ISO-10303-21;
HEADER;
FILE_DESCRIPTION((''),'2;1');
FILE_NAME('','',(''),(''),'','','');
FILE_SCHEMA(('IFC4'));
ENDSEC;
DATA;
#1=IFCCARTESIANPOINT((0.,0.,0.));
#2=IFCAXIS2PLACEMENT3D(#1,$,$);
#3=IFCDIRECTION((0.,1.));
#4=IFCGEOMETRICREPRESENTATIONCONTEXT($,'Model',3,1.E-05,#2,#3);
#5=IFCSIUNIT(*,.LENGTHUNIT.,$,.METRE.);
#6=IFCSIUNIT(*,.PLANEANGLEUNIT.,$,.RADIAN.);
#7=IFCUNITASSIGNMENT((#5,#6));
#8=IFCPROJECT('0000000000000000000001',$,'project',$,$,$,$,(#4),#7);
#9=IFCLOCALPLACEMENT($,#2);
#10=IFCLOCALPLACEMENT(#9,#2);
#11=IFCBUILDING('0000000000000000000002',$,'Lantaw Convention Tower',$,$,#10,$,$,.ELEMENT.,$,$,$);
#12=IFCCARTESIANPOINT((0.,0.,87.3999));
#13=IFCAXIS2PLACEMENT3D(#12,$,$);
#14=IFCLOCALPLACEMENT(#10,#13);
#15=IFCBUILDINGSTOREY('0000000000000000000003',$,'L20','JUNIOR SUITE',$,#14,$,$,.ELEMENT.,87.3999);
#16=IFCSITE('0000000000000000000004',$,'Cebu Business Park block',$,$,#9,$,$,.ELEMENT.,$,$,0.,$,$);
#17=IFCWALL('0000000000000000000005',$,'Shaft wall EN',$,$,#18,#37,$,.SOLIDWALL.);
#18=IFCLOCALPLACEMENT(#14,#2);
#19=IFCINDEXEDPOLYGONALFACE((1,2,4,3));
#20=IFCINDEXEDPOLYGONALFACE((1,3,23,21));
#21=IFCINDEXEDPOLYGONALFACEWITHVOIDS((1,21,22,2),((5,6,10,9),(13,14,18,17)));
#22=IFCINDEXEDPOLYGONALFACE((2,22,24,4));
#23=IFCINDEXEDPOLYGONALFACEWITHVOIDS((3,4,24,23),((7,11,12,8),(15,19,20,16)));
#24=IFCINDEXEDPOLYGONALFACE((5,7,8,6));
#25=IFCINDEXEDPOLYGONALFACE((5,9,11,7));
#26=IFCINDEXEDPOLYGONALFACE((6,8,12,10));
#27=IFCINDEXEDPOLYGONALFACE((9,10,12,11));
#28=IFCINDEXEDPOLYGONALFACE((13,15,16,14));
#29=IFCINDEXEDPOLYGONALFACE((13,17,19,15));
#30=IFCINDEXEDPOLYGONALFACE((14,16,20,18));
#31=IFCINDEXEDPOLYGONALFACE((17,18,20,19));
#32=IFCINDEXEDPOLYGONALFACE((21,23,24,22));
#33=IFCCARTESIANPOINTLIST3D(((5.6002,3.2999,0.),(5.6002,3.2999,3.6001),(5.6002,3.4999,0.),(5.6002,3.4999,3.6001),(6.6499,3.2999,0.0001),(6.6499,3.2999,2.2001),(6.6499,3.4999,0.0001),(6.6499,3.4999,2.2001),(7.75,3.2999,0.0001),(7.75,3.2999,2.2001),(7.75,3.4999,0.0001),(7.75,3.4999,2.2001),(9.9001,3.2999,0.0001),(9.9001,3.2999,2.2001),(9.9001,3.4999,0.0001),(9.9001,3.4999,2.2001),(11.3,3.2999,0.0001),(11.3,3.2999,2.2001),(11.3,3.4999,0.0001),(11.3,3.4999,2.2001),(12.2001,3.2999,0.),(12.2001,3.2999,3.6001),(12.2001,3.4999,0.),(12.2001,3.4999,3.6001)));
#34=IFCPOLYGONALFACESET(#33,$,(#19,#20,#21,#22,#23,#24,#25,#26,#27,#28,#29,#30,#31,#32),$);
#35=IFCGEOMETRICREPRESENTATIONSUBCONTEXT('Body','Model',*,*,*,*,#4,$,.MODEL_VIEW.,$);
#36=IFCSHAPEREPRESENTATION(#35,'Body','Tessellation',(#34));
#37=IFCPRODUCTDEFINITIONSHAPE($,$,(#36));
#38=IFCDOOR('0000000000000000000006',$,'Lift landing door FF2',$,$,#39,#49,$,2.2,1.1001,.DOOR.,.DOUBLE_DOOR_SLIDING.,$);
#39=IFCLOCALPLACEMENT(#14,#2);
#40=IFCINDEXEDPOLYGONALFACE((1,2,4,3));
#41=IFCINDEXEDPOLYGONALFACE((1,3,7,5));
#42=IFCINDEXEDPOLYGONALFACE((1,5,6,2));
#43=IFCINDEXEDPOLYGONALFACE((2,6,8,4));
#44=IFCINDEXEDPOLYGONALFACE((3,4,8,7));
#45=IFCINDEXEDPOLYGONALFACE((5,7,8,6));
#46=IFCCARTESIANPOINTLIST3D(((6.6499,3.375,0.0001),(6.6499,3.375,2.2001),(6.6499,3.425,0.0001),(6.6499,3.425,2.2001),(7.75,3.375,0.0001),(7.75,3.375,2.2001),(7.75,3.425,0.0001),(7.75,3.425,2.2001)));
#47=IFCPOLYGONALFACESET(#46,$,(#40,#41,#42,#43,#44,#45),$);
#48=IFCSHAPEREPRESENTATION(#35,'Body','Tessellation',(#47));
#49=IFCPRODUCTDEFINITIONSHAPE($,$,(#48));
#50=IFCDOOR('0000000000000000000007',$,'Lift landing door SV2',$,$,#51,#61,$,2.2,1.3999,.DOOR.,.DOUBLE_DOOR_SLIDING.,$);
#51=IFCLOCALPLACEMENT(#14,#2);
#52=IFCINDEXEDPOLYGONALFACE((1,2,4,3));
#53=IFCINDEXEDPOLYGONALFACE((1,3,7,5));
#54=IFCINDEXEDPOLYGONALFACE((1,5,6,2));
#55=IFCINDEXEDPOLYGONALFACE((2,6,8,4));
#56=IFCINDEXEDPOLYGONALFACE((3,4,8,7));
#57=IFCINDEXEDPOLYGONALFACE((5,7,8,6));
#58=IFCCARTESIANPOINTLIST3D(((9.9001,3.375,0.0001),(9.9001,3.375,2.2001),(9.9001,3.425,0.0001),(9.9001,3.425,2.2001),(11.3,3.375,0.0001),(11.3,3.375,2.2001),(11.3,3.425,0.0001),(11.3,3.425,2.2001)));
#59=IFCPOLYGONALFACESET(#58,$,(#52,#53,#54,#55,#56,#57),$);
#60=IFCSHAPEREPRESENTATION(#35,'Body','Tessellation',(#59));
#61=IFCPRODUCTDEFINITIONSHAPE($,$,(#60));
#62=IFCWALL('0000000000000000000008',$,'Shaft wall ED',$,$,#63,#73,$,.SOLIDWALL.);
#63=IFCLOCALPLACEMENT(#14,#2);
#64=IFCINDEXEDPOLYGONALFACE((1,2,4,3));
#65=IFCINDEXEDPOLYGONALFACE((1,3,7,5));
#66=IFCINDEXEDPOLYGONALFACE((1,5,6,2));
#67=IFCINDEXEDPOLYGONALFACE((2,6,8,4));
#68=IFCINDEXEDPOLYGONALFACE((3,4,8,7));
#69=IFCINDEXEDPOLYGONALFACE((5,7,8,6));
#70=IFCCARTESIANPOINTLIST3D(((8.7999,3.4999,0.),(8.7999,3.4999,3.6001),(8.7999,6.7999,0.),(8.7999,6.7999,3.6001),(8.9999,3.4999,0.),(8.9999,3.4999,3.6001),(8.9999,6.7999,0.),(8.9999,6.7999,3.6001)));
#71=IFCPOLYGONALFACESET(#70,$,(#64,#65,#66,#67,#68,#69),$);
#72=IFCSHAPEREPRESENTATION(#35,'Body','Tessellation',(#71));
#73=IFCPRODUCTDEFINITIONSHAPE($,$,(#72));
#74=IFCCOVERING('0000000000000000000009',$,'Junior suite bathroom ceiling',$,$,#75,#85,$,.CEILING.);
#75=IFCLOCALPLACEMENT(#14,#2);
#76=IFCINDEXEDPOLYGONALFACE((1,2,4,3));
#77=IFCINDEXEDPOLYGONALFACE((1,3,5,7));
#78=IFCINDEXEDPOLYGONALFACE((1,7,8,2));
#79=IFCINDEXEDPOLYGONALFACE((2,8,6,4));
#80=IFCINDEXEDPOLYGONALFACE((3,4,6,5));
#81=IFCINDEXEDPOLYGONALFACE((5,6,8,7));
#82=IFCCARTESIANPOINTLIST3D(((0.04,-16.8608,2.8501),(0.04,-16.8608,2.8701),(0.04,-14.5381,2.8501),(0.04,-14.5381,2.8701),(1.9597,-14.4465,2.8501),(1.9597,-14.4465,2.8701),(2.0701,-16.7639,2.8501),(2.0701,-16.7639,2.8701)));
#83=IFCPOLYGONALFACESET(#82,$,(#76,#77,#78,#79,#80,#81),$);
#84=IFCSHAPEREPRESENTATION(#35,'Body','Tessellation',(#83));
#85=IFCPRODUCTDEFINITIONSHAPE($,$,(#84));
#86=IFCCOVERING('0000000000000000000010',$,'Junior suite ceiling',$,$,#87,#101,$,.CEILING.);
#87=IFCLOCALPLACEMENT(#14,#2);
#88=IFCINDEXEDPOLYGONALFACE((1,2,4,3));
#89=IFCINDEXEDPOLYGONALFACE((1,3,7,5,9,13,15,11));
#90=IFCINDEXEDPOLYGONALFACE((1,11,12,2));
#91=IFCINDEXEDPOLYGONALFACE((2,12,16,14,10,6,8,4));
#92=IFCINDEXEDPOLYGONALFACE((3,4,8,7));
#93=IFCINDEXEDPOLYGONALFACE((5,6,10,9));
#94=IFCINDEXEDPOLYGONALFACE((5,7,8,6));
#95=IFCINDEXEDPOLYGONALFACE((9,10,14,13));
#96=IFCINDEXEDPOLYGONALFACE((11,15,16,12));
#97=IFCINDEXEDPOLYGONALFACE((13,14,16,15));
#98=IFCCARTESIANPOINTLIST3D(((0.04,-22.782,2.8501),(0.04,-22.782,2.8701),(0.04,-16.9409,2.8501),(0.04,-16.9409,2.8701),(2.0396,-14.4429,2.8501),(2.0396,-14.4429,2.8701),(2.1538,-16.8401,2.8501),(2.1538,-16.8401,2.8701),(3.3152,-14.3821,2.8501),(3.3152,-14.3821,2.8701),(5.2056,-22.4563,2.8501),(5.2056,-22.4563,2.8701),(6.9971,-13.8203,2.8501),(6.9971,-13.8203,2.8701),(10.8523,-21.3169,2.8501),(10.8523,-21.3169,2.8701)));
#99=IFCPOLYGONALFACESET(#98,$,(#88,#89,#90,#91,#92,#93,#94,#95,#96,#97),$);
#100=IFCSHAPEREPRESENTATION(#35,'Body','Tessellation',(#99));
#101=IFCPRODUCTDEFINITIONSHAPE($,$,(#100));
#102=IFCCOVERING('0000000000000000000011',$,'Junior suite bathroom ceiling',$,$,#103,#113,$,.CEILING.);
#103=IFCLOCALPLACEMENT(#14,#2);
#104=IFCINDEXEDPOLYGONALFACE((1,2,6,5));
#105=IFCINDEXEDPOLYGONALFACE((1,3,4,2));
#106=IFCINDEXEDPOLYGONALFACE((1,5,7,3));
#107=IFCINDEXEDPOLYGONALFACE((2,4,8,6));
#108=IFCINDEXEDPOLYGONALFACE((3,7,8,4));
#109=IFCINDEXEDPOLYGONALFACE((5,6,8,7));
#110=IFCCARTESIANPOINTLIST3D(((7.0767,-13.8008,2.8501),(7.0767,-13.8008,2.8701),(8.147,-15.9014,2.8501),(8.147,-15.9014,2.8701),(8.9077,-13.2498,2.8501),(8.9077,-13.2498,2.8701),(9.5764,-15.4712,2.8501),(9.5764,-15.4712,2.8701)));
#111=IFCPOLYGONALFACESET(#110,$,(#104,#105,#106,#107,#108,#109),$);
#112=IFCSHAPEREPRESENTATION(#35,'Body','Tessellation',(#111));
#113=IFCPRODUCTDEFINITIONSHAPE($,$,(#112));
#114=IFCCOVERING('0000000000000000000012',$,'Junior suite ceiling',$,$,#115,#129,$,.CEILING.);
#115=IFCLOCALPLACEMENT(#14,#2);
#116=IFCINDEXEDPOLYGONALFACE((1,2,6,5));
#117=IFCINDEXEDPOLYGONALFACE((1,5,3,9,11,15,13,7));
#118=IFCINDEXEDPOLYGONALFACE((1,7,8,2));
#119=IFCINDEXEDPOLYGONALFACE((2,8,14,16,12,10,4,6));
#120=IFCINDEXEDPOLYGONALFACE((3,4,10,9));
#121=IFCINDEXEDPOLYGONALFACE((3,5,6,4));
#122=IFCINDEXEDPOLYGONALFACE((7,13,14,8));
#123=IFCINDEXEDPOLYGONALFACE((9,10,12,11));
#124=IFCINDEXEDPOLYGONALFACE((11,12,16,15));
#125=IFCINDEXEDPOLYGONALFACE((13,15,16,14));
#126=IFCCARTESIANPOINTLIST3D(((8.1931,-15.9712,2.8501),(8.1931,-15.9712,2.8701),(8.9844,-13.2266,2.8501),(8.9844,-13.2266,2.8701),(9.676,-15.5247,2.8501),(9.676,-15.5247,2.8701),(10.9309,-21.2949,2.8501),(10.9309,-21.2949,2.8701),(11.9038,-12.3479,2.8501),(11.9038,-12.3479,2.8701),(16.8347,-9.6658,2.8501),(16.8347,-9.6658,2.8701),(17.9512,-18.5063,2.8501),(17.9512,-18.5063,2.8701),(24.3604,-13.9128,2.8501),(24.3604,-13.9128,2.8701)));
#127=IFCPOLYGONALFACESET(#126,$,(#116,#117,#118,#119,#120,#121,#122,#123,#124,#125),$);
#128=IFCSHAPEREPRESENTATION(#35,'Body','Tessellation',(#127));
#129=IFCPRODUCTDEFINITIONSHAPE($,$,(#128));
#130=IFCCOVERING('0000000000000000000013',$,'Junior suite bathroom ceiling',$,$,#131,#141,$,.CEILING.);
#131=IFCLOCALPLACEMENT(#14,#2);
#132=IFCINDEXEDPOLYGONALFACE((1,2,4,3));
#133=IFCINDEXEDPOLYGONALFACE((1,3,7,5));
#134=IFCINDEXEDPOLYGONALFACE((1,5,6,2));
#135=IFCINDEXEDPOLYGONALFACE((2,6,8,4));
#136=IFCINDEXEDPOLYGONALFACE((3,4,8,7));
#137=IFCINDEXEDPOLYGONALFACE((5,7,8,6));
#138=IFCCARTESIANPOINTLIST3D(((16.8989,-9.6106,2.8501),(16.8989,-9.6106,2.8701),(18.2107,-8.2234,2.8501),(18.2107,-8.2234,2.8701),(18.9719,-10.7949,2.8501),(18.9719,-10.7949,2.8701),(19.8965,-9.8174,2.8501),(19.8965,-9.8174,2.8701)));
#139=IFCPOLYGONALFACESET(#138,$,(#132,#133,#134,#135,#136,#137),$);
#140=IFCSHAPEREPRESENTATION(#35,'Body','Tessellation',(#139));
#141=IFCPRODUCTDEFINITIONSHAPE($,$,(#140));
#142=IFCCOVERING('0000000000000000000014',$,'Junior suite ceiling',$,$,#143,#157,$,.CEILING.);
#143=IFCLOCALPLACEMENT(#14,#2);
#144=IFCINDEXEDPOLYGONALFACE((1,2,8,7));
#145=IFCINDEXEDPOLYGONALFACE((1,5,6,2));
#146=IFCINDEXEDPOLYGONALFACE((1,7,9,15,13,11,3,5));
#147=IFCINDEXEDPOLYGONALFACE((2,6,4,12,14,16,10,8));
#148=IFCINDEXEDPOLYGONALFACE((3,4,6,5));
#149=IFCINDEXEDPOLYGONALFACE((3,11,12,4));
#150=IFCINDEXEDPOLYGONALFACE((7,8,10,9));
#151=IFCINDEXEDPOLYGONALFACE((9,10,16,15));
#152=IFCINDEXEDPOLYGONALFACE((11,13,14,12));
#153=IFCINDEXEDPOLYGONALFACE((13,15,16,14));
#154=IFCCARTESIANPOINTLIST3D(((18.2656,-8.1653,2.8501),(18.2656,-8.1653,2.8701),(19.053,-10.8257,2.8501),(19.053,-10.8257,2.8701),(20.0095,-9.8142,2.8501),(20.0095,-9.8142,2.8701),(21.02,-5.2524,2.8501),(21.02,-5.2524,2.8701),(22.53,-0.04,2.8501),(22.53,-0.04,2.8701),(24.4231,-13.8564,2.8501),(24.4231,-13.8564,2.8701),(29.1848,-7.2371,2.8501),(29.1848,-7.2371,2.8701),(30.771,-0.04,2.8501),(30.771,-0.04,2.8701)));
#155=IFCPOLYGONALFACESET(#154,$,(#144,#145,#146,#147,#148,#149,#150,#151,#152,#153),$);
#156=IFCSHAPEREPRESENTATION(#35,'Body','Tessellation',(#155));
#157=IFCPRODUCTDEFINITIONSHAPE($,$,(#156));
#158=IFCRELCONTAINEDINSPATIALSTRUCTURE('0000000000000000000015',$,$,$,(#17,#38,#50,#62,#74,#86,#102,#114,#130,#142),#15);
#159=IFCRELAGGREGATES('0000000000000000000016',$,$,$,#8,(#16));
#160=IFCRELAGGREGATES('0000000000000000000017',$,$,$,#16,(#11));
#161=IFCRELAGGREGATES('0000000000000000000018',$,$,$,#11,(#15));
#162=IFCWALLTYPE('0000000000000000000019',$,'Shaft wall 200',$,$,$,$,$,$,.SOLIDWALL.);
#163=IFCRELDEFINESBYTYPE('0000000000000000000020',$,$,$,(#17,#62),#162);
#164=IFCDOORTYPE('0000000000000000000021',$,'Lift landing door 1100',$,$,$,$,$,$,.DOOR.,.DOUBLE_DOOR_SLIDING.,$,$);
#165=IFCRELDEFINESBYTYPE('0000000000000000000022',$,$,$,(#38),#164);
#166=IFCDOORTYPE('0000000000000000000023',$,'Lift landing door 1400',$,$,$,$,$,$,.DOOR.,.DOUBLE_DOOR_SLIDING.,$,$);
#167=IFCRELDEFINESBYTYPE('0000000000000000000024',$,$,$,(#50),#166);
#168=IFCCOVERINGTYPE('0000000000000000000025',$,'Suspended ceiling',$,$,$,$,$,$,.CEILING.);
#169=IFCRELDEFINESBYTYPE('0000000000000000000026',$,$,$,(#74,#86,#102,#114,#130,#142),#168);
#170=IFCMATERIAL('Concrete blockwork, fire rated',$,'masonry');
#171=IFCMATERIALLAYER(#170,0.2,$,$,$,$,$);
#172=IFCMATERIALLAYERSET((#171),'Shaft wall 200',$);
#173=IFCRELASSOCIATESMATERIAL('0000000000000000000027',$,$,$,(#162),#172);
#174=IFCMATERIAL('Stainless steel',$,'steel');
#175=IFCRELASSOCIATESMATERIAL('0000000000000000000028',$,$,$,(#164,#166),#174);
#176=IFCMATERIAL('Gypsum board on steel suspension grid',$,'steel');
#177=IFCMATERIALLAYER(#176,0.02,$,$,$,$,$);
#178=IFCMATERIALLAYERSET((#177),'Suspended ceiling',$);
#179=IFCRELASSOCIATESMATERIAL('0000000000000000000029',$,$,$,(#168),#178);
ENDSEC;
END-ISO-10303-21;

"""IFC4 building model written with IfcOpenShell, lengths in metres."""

from ifc_helpers import new_model, si_unit, direction, frame, frame_2d, origin, place, context, subcontext, project, spatial, polyline, rectangle, outline, extrude, material, layer, layer_set, type_object, element, fill, save


model = new_model("IFC4")

# Units and contexts
model_context = context("Model", 3, precision=1e-05, world=origin(), true_north=direction((0.0, 1.0)))
body_context = subcontext(model_context, "Body", "Model", "MODEL_VIEW")
ifc_project = project(units=[si_unit("LENGTHUNIT", "METRE"), si_unit("PLANEANGLEUNIT", "RADIAN")], contexts=[model_context])

# Site, building, storey
site_placement = place(None, origin())
site = spatial("IfcSite", under=ifc_project, at=site_placement, Name="Cebu Business Park block", CompositionType="ELEMENT", RefElevation=0.0)
building_placement = place(site_placement, origin())
building = spatial("IfcBuilding", under=site, at=building_placement, Name="Lantaw Convention Tower", CompositionType="ELEMENT")
storey_placement = place(building_placement, frame((0.0, 0.0, 87.3999)))
storey = spatial("IfcBuildingStorey", under=building, at=storey_placement, Name="L20", Description="JUNIOR SUITE", CompositionType="ELEMENT", Elevation=87.3999)

# Shared definitions
ifc_material_1 = material(Name="Concrete blockwork, fire rated", Category="masonry")
ifc_layer_1 = layer(ifc_material_1, 0.2)
ifc_layer_set_1 = layer_set([ifc_layer_1], Name="Shaft wall 200")
wall_type_1 = type_object("IfcWallType", Name="Shaft wall 200", PredefinedType="SOLIDWALL", material=ifc_layer_set_1)

# Wall, openings, doors
wall_1_placement = place(storey_placement, frame((12.2, 3.3999, 0.0), z_axis=(0.0, 0.0, 1.0), x_axis=(-1.0, 0.0, 0.0)))
wall_1 = element("IfcWall", 1, at=wall_1_placement, inside=storey, type_object=wall_type_1, Name="Shaft wall EN", PredefinedType="SOLIDWALL", context=body_context, shape_type="SweptSolid", body=[
    extrude(rectangle(XDim=6.5999, YDim=0.2, at=frame_2d((3.2998, 0.0))), origin(), (0.0, 0.0, 1.0), 3.6001),
])
opening_1_placement = place(wall_1_placement, frame((4.45, 0.0, 0.0)))
opening_1 = element("IfcOpeningElement", 2, at=opening_1_placement, cuts=wall_1, PredefinedType="OPENING", context=body_context, shape_type="SweptSolid", body=[
    extrude(rectangle(XDim=1.1001, YDim=2.2, at=frame_2d((0.55, 1.1001))), frame((0.0, 0.1099, 0.0), z_axis=(0.0, -1.0, 0.0), x_axis=(1.0, 0.0, 0.0)), (0.0, 0.0, 1.0), 0.22),
])
opening_2_placement = place(wall_1_placement, frame((0.8999, 0.0, 0.0)))
opening_2 = element("IfcOpeningElement", 3, at=opening_2_placement, cuts=wall_1, PredefinedType="OPENING", context=body_context, shape_type="SweptSolid", body=[
    extrude(rectangle(XDim=1.3999, YDim=2.2, at=frame_2d((0.7, 1.1001))), frame((0.0, 0.1099, 0.0), z_axis=(0.0, -1.0, 0.0), x_axis=(1.0, 0.0, 0.0)), (0.0, 0.0, 1.0), 0.22),
])
ifc_material_2 = material(Name="Stainless steel", Category="steel")
door_type_1 = type_object("IfcDoorType", Name="Lift landing door 1100", OperationType="DOUBLE_DOOR_SLIDING", PredefinedType="DOOR", material=ifc_material_2)
door_1_placement = place(opening_1_placement, origin())
door_1 = element("IfcDoor", 4, at=door_1_placement, inside=storey, type_object=door_type_1, Name="Lift landing door FF2", OperationType="DOUBLE_DOOR_SLIDING", OverallHeight=2.2, OverallWidth=1.1001, PredefinedType="DOOR", context=body_context, shape_type="SweptSolid", body=[
    extrude(rectangle(XDim=1.1001, YDim=2.2, at=frame_2d((0.55, 1.1001))), frame((0.0, 0.0249, 0.0), z_axis=(0.0, -1.0, 0.0), x_axis=(1.0, 0.0, 0.0)), (0.0, 0.0, 1.0), 0.05),
])
fill(opening_1, door_1)
door_type_2 = type_object("IfcDoorType", Name="Lift landing door 1400", OperationType="DOUBLE_DOOR_SLIDING", PredefinedType="DOOR", material=ifc_material_2)
door_2_placement = place(opening_2_placement, origin())
door_2 = element("IfcDoor", 5, at=door_2_placement, inside=storey, type_object=door_type_2, Name="Lift landing door SV2", OperationType="DOUBLE_DOOR_SLIDING", OverallHeight=2.2, OverallWidth=1.3999, PredefinedType="DOOR", context=body_context, shape_type="SweptSolid", body=[
    extrude(rectangle(XDim=1.3999, YDim=2.2, at=frame_2d((0.7, 1.1001))), frame((0.0, 0.0249, 0.0), z_axis=(0.0, -1.0, 0.0), x_axis=(1.0, 0.0, 0.0)), (0.0, 0.0, 1.0), 0.05),
])
fill(opening_2, door_2)

# Wall
wall_2_placement = place(storey_placement, frame((8.8999, 3.5, 0.0), z_axis=(0.0, 0.0, 1.0), x_axis=(0.0, 1.0, 0.0)))
element("IfcWall", 6, at=wall_2_placement, inside=storey, type_object=wall_type_1, Name="Shaft wall ED", PredefinedType="SOLIDWALL", context=body_context, shape_type="SweptSolid", body=[
    extrude(rectangle(XDim=3.3, YDim=0.2, at=frame_2d((1.6499, 0.0))), origin(), (0.0, 0.0, 1.0), 3.6001),
])

# Coverings
ifc_material_3 = material(Name="Gypsum board on steel suspension grid", Category="steel")
ifc_layer_2 = layer(ifc_material_3, 0.02)
ifc_layer_set_2 = layer_set([ifc_layer_2], Name="Suspended ceiling")
covering_type = type_object("IfcCoveringType", Name="Suspended ceiling", PredefinedType="CEILING", material=ifc_layer_set_2)
covering_1_placement = place(storey_placement, frame((0.0, 0.0, 2.8501)))
element("IfcCovering", 7, at=covering_1_placement, inside=storey, type_object=covering_type, Name="Junior suite bathroom ceiling", PredefinedType="CEILING", context=body_context, shape_type="SweptSolid", body=[
    extrude(outline(polyline([(0.04, -14.5381), (0.04, -16.8608), (2.0701, -16.7639), (1.9597, -14.4465), (0.04, -14.5381)])), origin(), (0.0, 0.0, 1.0), 0.02),
])
covering_2_placement = place(storey_placement, frame((0.0, 0.0, 2.8501)))
element("IfcCovering", 8, at=covering_2_placement, inside=storey, type_object=covering_type, Name="Junior suite ceiling", PredefinedType="CEILING", context=body_context, shape_type="SweptSolid", body=[
    extrude(outline(polyline([(2.0396, -14.4429), (2.1538, -16.8401), (0.04, -16.9409), (0.04, -22.782), (5.2056, -22.4563), (10.8523, -21.3169), (6.9971, -13.8203), (3.3152, -14.3821), (2.0396, -14.4429)])), origin(), (0.0, 0.0, 1.0), 0.02),
])
covering_3_placement = place(storey_placement, frame((0.0, 0.0, 2.8501)))
element("IfcCovering", 9, at=covering_3_placement, inside=storey, type_object=covering_type, Name="Junior suite bathroom ceiling", PredefinedType="CEILING", context=body_context, shape_type="SweptSolid", body=[
    extrude(outline(polyline([(7.0767, -13.8008), (8.147, -15.9014), (9.5764, -15.4712), (8.9077, -13.2498), (7.0767, -13.8008)])), origin(), (0.0, 0.0, 1.0), 0.02),
])
covering_4_placement = place(storey_placement, frame((0.0, 0.0, 2.8501)))
element("IfcCovering", 10, at=covering_4_placement, inside=storey, type_object=covering_type, Name="Junior suite ceiling", PredefinedType="CEILING", context=body_context, shape_type="SweptSolid", body=[
    extrude(outline(polyline([(8.9844, -13.2266), (9.676, -15.5247), (8.1931, -15.9712), (10.9309, -21.2949), (17.9512, -18.5063), (24.3604, -13.9128), (16.8347, -9.6658), (11.9038, -12.3479), (8.9844, -13.2266)])), origin(), (0.0, 0.0, 1.0), 0.02),
])
covering_5_placement = place(storey_placement, frame((0.0, 0.0, 2.8501)))
element("IfcCovering", 11, at=covering_5_placement, inside=storey, type_object=covering_type, Name="Junior suite bathroom ceiling", PredefinedType="CEILING", context=body_context, shape_type="SweptSolid", body=[
    extrude(outline(polyline([(16.8989, -9.6106), (18.9719, -10.7949), (19.8965, -9.8174), (18.2107, -8.2234), (16.8989, -9.6106)])), origin(), (0.0, 0.0, 1.0), 0.02),
])
covering_6_placement = place(storey_placement, frame((0.0, 0.0, 2.8501)))
element("IfcCovering", 12, at=covering_6_placement, inside=storey, type_object=covering_type, Name="Junior suite ceiling", PredefinedType="CEILING", context=body_context, shape_type="SweptSolid", body=[
    extrude(outline(polyline([(21.02, -5.2524), (18.2656, -8.1653), (20.0095, -9.8142), (19.053, -10.8257), (24.4231, -13.8564), (29.1848, -7.2371), (30.771, -0.04), (22.53, -0.04), (21.02, -5.2524)])), origin(), (0.0, 0.0, 1.0), 0.02),
])

save(model, "model.ifc")
